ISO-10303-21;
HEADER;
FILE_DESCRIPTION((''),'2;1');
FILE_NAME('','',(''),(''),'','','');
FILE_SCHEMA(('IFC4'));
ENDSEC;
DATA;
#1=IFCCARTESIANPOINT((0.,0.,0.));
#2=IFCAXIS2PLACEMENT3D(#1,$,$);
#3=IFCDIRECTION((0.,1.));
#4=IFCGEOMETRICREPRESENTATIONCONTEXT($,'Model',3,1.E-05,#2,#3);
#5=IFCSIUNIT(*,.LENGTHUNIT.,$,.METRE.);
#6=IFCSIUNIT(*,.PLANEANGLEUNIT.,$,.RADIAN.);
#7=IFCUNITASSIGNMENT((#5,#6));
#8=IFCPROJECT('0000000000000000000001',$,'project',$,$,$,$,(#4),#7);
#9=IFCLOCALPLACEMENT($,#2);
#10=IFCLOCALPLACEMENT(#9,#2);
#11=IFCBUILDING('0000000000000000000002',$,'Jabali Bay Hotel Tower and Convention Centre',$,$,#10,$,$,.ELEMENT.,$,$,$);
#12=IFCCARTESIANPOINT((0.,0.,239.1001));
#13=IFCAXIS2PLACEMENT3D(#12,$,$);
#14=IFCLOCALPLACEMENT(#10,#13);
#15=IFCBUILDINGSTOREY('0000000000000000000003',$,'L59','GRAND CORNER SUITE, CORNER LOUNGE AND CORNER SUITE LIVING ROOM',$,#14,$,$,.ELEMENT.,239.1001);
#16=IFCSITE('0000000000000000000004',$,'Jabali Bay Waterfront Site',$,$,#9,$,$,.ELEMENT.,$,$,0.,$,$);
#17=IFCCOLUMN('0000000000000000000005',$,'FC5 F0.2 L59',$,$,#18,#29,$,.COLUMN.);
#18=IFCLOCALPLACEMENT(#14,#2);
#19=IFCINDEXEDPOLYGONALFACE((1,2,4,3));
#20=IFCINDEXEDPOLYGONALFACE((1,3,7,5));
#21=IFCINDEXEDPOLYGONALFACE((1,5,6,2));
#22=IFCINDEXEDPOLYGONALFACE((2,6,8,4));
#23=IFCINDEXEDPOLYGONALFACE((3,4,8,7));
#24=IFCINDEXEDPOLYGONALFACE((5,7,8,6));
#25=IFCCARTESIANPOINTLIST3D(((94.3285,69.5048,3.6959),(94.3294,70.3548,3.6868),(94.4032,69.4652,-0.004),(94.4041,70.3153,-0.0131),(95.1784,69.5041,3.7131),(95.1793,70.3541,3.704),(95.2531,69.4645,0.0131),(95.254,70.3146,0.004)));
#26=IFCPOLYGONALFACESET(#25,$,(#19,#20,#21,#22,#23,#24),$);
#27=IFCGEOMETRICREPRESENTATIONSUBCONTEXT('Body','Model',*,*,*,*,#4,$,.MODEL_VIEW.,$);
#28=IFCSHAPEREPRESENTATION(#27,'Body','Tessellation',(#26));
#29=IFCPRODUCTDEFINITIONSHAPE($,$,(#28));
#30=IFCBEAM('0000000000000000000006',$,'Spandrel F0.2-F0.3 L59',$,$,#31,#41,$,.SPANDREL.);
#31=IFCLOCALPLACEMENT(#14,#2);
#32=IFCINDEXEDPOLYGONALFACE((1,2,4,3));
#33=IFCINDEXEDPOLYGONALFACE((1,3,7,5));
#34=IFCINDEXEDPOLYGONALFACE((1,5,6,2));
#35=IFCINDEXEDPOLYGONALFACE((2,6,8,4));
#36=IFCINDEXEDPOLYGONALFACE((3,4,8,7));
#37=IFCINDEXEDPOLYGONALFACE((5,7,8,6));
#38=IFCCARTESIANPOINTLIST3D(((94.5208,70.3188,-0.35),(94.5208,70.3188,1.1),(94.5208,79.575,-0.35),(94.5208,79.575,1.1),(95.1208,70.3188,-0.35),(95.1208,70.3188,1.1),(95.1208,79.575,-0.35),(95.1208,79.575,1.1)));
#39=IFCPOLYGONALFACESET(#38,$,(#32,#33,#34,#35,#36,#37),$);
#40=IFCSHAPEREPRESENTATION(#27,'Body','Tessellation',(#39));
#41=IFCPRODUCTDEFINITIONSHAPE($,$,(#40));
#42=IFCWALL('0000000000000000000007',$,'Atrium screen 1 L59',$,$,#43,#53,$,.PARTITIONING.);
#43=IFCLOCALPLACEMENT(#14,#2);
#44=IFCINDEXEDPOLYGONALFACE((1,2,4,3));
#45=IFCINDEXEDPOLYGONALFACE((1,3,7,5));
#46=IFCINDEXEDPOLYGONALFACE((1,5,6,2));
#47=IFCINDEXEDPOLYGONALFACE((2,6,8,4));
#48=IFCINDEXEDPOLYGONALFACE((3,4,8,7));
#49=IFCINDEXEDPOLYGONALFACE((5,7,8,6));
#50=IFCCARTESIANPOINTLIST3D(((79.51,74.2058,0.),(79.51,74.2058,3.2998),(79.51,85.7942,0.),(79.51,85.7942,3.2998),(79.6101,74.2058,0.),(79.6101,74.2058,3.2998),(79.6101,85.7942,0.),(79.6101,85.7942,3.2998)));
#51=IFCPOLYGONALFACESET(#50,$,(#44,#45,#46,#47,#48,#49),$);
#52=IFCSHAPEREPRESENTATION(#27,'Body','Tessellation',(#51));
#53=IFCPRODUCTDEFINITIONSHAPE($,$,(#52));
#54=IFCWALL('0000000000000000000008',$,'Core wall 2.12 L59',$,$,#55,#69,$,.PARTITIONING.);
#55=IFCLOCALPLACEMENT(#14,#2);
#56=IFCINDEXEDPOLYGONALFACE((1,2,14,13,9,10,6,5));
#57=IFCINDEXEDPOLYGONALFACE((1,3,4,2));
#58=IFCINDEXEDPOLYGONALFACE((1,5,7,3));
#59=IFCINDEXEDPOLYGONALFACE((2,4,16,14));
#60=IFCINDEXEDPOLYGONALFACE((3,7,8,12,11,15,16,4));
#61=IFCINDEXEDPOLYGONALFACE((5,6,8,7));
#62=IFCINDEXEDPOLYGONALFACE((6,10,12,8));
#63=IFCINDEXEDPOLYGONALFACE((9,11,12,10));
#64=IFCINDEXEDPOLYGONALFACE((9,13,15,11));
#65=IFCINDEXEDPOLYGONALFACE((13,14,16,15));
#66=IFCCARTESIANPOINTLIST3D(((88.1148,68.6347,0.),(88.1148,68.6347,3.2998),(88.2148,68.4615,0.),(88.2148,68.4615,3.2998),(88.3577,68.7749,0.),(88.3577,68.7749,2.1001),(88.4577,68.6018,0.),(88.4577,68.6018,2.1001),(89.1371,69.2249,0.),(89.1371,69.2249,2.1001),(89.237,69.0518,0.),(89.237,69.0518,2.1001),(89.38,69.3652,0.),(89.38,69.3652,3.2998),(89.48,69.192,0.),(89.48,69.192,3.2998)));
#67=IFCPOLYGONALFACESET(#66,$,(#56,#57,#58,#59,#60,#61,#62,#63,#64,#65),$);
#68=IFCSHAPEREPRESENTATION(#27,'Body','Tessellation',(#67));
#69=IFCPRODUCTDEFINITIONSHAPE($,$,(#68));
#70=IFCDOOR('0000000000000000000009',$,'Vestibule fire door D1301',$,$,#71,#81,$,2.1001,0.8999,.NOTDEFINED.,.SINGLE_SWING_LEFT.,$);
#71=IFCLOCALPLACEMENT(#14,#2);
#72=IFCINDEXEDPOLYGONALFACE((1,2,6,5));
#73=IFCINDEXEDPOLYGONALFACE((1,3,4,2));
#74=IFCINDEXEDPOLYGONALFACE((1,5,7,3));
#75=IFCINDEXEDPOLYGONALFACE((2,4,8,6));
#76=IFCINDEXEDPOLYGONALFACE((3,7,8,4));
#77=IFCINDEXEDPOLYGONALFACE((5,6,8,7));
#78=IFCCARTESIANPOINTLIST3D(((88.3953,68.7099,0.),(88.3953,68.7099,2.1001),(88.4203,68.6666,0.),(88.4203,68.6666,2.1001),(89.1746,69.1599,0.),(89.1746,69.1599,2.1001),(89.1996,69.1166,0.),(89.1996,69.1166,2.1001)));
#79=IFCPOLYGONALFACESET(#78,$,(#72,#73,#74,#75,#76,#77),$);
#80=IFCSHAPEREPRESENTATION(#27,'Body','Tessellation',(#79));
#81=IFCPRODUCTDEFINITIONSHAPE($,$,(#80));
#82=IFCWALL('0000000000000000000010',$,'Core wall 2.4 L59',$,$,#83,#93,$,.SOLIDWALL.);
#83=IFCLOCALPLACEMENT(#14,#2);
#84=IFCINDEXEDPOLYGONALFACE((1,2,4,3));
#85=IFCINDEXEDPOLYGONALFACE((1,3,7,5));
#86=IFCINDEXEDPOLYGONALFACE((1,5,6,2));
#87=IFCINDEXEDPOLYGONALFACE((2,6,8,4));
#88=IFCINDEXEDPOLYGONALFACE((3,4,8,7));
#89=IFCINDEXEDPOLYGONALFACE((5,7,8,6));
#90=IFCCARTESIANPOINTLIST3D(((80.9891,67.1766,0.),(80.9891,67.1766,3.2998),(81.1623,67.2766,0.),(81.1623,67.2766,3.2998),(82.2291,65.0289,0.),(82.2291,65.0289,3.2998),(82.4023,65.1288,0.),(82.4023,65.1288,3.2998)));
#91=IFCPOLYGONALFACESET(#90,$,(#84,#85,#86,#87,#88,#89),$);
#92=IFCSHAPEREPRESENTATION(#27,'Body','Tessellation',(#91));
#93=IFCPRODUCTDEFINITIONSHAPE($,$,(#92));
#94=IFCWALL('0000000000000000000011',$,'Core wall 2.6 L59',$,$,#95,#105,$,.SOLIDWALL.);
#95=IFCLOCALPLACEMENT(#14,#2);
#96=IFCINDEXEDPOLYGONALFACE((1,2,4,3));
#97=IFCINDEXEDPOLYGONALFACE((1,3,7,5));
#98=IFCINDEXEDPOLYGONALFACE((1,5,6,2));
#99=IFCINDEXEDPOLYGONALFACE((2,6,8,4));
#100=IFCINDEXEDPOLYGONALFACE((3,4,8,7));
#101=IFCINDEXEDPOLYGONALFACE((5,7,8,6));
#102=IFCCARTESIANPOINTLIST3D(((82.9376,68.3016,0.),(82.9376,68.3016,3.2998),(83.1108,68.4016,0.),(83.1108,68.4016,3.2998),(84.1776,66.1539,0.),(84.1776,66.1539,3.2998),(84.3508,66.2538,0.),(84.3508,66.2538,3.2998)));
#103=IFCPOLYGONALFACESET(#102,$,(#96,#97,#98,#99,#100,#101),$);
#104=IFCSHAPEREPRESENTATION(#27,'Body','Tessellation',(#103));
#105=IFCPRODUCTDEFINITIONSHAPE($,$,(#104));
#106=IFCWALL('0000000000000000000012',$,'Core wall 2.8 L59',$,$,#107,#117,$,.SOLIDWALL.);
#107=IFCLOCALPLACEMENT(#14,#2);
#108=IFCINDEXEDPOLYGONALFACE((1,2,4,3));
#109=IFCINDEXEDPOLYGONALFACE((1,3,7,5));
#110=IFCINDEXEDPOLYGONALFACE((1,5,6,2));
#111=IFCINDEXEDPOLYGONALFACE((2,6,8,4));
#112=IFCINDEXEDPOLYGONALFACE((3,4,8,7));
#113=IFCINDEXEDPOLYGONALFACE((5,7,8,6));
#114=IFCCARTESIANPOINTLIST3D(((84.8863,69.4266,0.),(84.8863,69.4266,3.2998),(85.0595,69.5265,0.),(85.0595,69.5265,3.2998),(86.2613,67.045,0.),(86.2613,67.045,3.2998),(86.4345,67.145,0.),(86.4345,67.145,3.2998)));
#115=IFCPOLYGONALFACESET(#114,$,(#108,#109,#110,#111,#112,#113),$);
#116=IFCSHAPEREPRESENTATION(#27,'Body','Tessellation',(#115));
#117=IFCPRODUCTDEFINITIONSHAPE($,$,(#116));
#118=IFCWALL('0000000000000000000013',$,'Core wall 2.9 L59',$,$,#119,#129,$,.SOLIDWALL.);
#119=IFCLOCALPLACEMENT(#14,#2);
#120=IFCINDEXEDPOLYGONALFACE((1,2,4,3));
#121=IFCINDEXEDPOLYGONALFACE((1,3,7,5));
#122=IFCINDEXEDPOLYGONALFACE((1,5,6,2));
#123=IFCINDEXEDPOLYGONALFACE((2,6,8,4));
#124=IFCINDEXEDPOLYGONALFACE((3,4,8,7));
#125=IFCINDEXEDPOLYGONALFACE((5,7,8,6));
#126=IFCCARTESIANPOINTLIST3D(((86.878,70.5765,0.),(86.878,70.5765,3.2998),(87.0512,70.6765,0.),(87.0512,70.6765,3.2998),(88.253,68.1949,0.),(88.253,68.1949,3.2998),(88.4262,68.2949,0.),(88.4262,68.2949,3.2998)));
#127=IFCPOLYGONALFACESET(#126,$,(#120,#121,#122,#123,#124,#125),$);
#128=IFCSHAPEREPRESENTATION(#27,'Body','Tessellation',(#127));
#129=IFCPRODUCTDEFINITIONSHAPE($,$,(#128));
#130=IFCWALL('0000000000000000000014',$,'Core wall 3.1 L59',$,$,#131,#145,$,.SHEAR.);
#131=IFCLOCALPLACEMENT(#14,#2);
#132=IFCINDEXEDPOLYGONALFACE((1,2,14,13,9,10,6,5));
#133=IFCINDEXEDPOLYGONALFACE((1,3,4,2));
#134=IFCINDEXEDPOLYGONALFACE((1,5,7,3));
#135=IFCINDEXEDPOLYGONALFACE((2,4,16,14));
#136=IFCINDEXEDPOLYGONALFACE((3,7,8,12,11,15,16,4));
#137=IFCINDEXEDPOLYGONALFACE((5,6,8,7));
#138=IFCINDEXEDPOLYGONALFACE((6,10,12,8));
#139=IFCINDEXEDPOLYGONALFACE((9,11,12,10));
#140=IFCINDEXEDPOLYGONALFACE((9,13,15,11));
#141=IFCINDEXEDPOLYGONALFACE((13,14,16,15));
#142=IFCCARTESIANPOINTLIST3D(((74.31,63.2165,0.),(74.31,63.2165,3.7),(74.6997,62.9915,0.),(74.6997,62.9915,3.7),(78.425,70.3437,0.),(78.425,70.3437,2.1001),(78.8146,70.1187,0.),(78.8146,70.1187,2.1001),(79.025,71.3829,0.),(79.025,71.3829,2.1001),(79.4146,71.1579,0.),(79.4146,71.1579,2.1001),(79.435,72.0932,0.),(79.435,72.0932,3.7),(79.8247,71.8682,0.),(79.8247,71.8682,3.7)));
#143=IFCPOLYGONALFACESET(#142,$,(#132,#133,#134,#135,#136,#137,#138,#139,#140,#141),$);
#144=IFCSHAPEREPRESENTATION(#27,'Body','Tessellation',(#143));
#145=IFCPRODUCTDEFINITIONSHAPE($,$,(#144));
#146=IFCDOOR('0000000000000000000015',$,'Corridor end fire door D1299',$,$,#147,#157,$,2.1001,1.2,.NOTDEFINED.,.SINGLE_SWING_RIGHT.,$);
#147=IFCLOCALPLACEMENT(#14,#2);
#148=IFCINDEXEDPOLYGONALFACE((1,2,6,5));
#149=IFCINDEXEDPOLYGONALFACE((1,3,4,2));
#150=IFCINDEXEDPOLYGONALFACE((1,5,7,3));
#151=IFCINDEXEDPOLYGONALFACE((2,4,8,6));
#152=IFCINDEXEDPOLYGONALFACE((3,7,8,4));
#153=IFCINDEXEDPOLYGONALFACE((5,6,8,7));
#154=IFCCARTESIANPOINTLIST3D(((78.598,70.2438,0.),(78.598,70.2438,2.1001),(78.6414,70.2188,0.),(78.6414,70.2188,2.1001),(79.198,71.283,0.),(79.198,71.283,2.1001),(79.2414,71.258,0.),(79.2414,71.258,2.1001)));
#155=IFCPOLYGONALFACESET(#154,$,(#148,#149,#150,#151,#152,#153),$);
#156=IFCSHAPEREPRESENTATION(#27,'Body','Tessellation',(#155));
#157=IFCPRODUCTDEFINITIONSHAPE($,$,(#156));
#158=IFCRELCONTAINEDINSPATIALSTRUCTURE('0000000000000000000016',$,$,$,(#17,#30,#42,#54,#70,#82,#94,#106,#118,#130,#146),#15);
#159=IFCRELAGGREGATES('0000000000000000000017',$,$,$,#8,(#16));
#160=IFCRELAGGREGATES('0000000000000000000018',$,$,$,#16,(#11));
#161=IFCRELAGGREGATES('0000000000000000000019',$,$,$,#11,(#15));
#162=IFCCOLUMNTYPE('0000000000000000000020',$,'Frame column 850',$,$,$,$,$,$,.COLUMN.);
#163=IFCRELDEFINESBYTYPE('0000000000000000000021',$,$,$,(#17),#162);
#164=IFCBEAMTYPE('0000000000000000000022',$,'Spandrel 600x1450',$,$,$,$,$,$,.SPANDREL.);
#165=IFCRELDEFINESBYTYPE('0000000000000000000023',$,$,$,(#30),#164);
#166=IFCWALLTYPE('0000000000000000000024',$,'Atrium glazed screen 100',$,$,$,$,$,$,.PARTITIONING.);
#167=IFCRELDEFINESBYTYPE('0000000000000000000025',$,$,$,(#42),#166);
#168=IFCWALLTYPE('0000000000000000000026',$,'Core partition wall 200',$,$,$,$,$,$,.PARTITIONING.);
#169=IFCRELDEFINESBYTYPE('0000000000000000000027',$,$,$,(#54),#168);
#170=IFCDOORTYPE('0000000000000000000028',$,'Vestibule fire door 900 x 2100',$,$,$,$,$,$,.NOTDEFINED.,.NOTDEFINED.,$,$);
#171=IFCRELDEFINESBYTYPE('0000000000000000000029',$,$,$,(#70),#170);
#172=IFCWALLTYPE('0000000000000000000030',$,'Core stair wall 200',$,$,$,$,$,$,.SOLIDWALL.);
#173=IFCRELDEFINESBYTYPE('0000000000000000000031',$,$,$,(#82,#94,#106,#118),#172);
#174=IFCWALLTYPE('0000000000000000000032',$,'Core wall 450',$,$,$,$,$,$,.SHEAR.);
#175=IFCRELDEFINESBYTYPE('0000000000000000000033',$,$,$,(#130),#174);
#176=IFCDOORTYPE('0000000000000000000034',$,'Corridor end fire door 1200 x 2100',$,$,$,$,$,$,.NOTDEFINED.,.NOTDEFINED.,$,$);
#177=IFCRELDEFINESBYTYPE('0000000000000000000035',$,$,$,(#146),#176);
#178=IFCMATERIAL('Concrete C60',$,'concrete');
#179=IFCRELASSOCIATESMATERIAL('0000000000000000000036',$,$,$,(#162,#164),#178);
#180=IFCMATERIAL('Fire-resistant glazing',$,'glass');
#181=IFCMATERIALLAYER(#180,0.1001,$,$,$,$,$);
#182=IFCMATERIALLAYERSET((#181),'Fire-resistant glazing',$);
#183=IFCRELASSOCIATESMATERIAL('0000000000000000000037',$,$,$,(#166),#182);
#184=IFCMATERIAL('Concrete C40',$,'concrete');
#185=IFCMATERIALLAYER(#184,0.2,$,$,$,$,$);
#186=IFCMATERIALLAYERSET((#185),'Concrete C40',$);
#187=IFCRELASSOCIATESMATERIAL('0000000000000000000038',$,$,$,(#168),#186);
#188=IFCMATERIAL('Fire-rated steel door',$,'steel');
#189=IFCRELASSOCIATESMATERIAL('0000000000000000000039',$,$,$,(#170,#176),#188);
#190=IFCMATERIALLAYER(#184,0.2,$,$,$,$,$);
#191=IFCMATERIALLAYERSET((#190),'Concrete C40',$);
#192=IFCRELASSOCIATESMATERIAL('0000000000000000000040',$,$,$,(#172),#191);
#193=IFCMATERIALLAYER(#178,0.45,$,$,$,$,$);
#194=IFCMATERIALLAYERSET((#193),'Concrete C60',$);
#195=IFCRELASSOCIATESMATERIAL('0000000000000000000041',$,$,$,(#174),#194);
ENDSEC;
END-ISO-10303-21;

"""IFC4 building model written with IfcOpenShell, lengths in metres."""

from ifc_helpers import new_model, si_unit, direction, frame, frame_2d, origin, origin_2d, place, context, subcontext, project, spatial, rectangle, extrude, material, layer, layer_set, material_profile, profile_set, type_object, element, fill, save


model = new_model("IFC4")

# Units and contexts
model_context = context("Model", 3, precision=1e-05, world=origin(), true_north=direction((0.0, 1.0)))
body_context = subcontext(model_context, "Body", "Model", "MODEL_VIEW")
ifc_project = project(units=[si_unit("LENGTHUNIT", "METRE"), si_unit("PLANEANGLEUNIT", "RADIAN")], contexts=[model_context])

# Site, building, storey
site_placement = place(None, origin())
site = spatial("IfcSite", under=ifc_project, at=site_placement, Name="Jabali Bay Waterfront Site", CompositionType="ELEMENT", RefElevation=0.0)
building_placement = place(site_placement, origin())
building = spatial("IfcBuilding", under=site, at=building_placement, Name="Jabali Bay Hotel Tower and Convention Centre", CompositionType="ELEMENT")
storey_placement = place(building_placement, frame((0.0, 0.0, 239.1001)))
storey = spatial("IfcBuildingStorey", under=building, at=storey_placement, Name="L59", Description="GRAND CORNER SUITE, CORNER LOUNGE AND CORNER SUITE LIVING ROOM", CompositionType="ELEMENT", Elevation=239.1001)

# Column
ifc_material_1 = material(Name="Concrete C60", Category="concrete")
ifc_material_profile_1 = material_profile(ifc_material_1, rectangle(XDim=0.8501, YDim=0.8501, at=origin_2d()), Name="Frame column 850")
ifc_profile_set_1 = profile_set([ifc_material_profile_1], Name="Concrete C60")
column_type = type_object("IfcColumnType", Name="Frame column 850", PredefinedType="COLUMN", material=ifc_profile_set_1)
column_placement = place(storey_placement, frame((94.8286, 69.8899, 0.0), z_axis=(-0.020186, 0.010687, 0.999739), x_axis=(-0.001013, -0.999943, 0.010668)))
element("IfcColumn", 1, at=column_placement, inside=storey, type_object=column_type, Name="FC5 F0.2 L59", PredefinedType="COLUMN", context=body_context, shape_type="SweptSolid", body=[
    extrude(rectangle(XDim=0.8501, YDim=0.8501, at=origin_2d()), origin(), (0.0, 0.0, 1.0), 3.7009),
])

# Beam
ifc_material_profile_2 = material_profile(ifc_material_1, rectangle(XDim=0.6001, YDim=1.45, at=origin_2d()), Name="Spandrel 600x1450")
ifc_profile_set_2 = profile_set([ifc_material_profile_2], Name="Concrete C60")
beam_type = type_object("IfcBeamType", Name="Spandrel 600x1450", PredefinedType="SPANDREL", material=ifc_profile_set_2)
beam_placement = place(storey_placement, frame((94.8208, 70.3188, 0.375), z_axis=(0.0, 1.0, 0.0), x_axis=(-1.0, 0.0, 0.0)))
element("IfcBeam", 2, at=beam_placement, inside=storey, type_object=beam_type, Name="Spandrel F0.2-F0.3 L59", PredefinedType="SPANDREL", context=body_context, shape_type="SweptSolid", body=[
    extrude(rectangle(XDim=0.6001, YDim=1.45, at=origin_2d()), origin(), (0.0, 0.0, 1.0), 9.2561),
])

# Wall
ifc_material_2 = material(Name="Fire-resistant glazing", Category="glass")
ifc_layer_1 = layer(ifc_material_2, 0.1001)
ifc_layer_set_1 = layer_set([ifc_layer_1], Name="Fire-resistant glazing")
wall_type_1 = type_object("IfcWallType", Name="Atrium glazed screen 100", PredefinedType="PARTITIONING", material=ifc_layer_set_1)
wall_1_placement = place(storey_placement, frame((79.5601, 74.2058, 0.0), z_axis=(0.0, 0.0, 1.0), x_axis=(0.0, 1.0, 0.0)))
element("IfcWall", 3, at=wall_1_placement, inside=storey, type_object=wall_type_1, Name="Atrium screen 1 L59", PredefinedType="PARTITIONING", context=body_context, shape_type="SweptSolid", body=[
    extrude(rectangle(XDim=11.5884, YDim=0.1001, at=frame_2d((5.7942, 0.0))), origin(), (0.0, 0.0, 1.0), 3.2998),
])

# Wall, opening, door
ifc_material_3 = material(Name="Concrete C40", Category="concrete")
ifc_layer_2 = layer(ifc_material_3, 0.2)
ifc_layer_set_2 = layer_set([ifc_layer_2], Name="Concrete C40")
wall_type_2 = type_object("IfcWallType", Name="Core partition wall 200", PredefinedType="PARTITIONING", material=ifc_layer_set_2)
wall_2_placement = place(storey_placement, frame((88.1648, 68.5481, 0.0), z_axis=(0.0, 0.0, 1.0), x_axis=(0.866013, 0.500021, 0.0)))
wall_2 = element("IfcWall", 4, at=wall_2_placement, inside=storey, type_object=wall_type_2, Name="Core wall 2.12 L59", PredefinedType="PARTITIONING", context=body_context, shape_type="SweptSolid", body=[
    extrude(rectangle(XDim=1.4609, YDim=0.2, at=frame_2d((0.7305, 0.0))), origin(), (0.0, 0.0, 1.0), 3.2998),
])
opening_1_placement = place(wall_2_placement, frame((0.2805, 0.0, 0.0)))
opening_1 = element("IfcOpeningElement", 5, at=opening_1_placement, cuts=wall_2, PredefinedType="OPENING", context=body_context, shape_type="SweptSolid", body=[
    extrude(rectangle(XDim=0.8999, YDim=2.1001, at=frame_2d((0.45, 1.05))), frame((0.0, 0.1104, 0.0), z_axis=(0.0, -1.0, 0.0), x_axis=(1.0, 0.0, 0.0)), (0.0, 0.0, 1.0), 0.2209),
])
ifc_material_4 = material(Name="Fire-rated steel door", Category="steel")
door_type_1 = type_object("IfcDoorType", Name="Vestibule fire door 900 x 2100", OperationType="NOTDEFINED", PredefinedType="NOTDEFINED", material=ifc_material_4)
door_1_placement = place(opening_1_placement, origin())
door_1 = element("IfcDoor", 6, at=door_1_placement, inside=storey, type_object=door_type_1, Name="Vestibule fire door D1301", OperationType="SINGLE_SWING_LEFT", OverallHeight=2.1001, OverallWidth=0.8999, PredefinedType="NOTDEFINED", context=body_context, shape_type="SweptSolid", body=[
    extrude(rectangle(XDim=0.8999, YDim=2.1001, at=frame_2d((0.45, 1.05))), frame((0.0, 0.0249, 0.0), z_axis=(0.0, -1.0, 0.0), x_axis=(1.0, 0.0, 0.0)), (0.0, 0.0, 1.0), 0.05),
])
fill(opening_1, door_1)

# Walls
ifc_layer_3 = layer(ifc_material_3, 0.2)
ifc_layer_set_3 = layer_set([ifc_layer_3], Name="Concrete C40")
wall_type_3 = type_object("IfcWallType", Name="Core stair wall 200", PredefinedType="SOLIDWALL", material=ifc_layer_set_3)
for number, where, z_axis, x_axis, name in (
    (7, (81.0757, 67.2266, 0.0), (0.0, 0.0, 1.0), (0.500004, -0.866023, 0.0), "Core wall 2.4 L59"),
    (8, (83.0242, 68.3516, 0.0), (0.0, 0.0, 1.0), (0.500004, -0.866023, 0.0), "Core wall 2.6 L59"),
):
    element("IfcWall", number, at=place(storey_placement, frame(where, z_axis=z_axis, x_axis=x_axis)), inside=storey, type_object=wall_type_3, Name=name, PredefinedType="SOLIDWALL", context=body_context, shape_type="SweptSolid", body=[
        extrude(rectangle(XDim=2.48, YDim=0.2, at=frame_2d((1.24, 0.0))), origin(), (0.0, 0.0, 1.0), 3.2998),
    ])
for number, where, z_axis, x_axis, name in (
    (9, (84.9729, 69.4766, 0.0), (0.0, 0.0, 1.0), (0.499997, -0.866027, 0.0), "Core wall 2.8 L59"),
    (10, (86.9646, 70.6265, 0.0), (0.0, 0.0, 1.0), (0.499997, -0.866027, 0.0), "Core wall 2.9 L59"),
):
    element("IfcWall", number, at=place(storey_placement, frame(where, z_axis=z_axis, x_axis=x_axis)), inside=storey, type_object=wall_type_3, Name=name, PredefinedType="SOLIDWALL", context=body_context, shape_type="SweptSolid", body=[
        extrude(rectangle(XDim=2.75, YDim=0.2, at=frame_2d((1.375, 0.0))), origin(), (0.0, 0.0, 1.0), 3.2998),
    ])

# Wall, opening, door
ifc_layer_4 = layer(ifc_material_1, 0.45)
ifc_layer_set_4 = layer_set([ifc_layer_4], Name="Concrete C60")
wall_type_4 = type_object("IfcWallType", Name="Core wall 450", PredefinedType="SHEAR", material=ifc_layer_set_4)
wall_3_placement = place(storey_placement, frame((79.6299, 71.9807, 0.0), z_axis=(0.0, 0.0, 1.0), x_axis=(-0.500002, -0.866024, 0.0)))
wall_3 = element("IfcWall", 11, at=wall_3_placement, inside=storey, type_object=wall_type_4, Name="Core wall 3.1 L59", PredefinedType="SHEAR", context=body_context, shape_type="SweptSolid", body=[
    extrude(rectangle(XDim=10.25, YDim=0.45, at=frame_2d((5.125, 0.0))), origin(), (0.0, 0.0, 1.0), 3.7),
])
opening_2_placement = place(wall_3_placement, frame((0.8201, 0.0, 0.0)))
opening_2 = element("IfcOpeningElement", 12, at=opening_2_placement, cuts=wall_3, PredefinedType="OPENING", context=body_context, shape_type="SweptSolid", body=[
    extrude(rectangle(XDim=1.2, YDim=2.1001, at=frame_2d((0.6001, 1.05))), frame((0.0, 0.2354, 0.0), z_axis=(0.0, -1.0, 0.0), x_axis=(1.0, 0.0, 0.0)), (0.0, 0.0, 1.0), 0.4709),
])
door_type_2 = type_object("IfcDoorType", Name="Corridor end fire door 1200 x 2100", OperationType="NOTDEFINED", PredefinedType="NOTDEFINED", material=ifc_material_4)
door_2_placement = place(opening_2_placement, origin())
door_2 = element("IfcDoor", 13, at=door_2_placement, inside=storey, type_object=door_type_2, Name="Corridor end fire door D1299", OperationType="SINGLE_SWING_RIGHT", OverallHeight=2.1001, OverallWidth=1.2, PredefinedType="NOTDEFINED", context=body_context, shape_type="SweptSolid", body=[
    extrude(rectangle(XDim=1.2, YDim=2.1001, at=frame_2d((0.6001, 1.05))), frame((0.0, 0.0249, 0.0), z_axis=(0.0, -1.0, 0.0), x_axis=(1.0, 0.0, 0.0)), (0.0, 0.0, 1.0), 0.05),
])
fill(opening_2, door_2)

save(model, "model.ifc")
